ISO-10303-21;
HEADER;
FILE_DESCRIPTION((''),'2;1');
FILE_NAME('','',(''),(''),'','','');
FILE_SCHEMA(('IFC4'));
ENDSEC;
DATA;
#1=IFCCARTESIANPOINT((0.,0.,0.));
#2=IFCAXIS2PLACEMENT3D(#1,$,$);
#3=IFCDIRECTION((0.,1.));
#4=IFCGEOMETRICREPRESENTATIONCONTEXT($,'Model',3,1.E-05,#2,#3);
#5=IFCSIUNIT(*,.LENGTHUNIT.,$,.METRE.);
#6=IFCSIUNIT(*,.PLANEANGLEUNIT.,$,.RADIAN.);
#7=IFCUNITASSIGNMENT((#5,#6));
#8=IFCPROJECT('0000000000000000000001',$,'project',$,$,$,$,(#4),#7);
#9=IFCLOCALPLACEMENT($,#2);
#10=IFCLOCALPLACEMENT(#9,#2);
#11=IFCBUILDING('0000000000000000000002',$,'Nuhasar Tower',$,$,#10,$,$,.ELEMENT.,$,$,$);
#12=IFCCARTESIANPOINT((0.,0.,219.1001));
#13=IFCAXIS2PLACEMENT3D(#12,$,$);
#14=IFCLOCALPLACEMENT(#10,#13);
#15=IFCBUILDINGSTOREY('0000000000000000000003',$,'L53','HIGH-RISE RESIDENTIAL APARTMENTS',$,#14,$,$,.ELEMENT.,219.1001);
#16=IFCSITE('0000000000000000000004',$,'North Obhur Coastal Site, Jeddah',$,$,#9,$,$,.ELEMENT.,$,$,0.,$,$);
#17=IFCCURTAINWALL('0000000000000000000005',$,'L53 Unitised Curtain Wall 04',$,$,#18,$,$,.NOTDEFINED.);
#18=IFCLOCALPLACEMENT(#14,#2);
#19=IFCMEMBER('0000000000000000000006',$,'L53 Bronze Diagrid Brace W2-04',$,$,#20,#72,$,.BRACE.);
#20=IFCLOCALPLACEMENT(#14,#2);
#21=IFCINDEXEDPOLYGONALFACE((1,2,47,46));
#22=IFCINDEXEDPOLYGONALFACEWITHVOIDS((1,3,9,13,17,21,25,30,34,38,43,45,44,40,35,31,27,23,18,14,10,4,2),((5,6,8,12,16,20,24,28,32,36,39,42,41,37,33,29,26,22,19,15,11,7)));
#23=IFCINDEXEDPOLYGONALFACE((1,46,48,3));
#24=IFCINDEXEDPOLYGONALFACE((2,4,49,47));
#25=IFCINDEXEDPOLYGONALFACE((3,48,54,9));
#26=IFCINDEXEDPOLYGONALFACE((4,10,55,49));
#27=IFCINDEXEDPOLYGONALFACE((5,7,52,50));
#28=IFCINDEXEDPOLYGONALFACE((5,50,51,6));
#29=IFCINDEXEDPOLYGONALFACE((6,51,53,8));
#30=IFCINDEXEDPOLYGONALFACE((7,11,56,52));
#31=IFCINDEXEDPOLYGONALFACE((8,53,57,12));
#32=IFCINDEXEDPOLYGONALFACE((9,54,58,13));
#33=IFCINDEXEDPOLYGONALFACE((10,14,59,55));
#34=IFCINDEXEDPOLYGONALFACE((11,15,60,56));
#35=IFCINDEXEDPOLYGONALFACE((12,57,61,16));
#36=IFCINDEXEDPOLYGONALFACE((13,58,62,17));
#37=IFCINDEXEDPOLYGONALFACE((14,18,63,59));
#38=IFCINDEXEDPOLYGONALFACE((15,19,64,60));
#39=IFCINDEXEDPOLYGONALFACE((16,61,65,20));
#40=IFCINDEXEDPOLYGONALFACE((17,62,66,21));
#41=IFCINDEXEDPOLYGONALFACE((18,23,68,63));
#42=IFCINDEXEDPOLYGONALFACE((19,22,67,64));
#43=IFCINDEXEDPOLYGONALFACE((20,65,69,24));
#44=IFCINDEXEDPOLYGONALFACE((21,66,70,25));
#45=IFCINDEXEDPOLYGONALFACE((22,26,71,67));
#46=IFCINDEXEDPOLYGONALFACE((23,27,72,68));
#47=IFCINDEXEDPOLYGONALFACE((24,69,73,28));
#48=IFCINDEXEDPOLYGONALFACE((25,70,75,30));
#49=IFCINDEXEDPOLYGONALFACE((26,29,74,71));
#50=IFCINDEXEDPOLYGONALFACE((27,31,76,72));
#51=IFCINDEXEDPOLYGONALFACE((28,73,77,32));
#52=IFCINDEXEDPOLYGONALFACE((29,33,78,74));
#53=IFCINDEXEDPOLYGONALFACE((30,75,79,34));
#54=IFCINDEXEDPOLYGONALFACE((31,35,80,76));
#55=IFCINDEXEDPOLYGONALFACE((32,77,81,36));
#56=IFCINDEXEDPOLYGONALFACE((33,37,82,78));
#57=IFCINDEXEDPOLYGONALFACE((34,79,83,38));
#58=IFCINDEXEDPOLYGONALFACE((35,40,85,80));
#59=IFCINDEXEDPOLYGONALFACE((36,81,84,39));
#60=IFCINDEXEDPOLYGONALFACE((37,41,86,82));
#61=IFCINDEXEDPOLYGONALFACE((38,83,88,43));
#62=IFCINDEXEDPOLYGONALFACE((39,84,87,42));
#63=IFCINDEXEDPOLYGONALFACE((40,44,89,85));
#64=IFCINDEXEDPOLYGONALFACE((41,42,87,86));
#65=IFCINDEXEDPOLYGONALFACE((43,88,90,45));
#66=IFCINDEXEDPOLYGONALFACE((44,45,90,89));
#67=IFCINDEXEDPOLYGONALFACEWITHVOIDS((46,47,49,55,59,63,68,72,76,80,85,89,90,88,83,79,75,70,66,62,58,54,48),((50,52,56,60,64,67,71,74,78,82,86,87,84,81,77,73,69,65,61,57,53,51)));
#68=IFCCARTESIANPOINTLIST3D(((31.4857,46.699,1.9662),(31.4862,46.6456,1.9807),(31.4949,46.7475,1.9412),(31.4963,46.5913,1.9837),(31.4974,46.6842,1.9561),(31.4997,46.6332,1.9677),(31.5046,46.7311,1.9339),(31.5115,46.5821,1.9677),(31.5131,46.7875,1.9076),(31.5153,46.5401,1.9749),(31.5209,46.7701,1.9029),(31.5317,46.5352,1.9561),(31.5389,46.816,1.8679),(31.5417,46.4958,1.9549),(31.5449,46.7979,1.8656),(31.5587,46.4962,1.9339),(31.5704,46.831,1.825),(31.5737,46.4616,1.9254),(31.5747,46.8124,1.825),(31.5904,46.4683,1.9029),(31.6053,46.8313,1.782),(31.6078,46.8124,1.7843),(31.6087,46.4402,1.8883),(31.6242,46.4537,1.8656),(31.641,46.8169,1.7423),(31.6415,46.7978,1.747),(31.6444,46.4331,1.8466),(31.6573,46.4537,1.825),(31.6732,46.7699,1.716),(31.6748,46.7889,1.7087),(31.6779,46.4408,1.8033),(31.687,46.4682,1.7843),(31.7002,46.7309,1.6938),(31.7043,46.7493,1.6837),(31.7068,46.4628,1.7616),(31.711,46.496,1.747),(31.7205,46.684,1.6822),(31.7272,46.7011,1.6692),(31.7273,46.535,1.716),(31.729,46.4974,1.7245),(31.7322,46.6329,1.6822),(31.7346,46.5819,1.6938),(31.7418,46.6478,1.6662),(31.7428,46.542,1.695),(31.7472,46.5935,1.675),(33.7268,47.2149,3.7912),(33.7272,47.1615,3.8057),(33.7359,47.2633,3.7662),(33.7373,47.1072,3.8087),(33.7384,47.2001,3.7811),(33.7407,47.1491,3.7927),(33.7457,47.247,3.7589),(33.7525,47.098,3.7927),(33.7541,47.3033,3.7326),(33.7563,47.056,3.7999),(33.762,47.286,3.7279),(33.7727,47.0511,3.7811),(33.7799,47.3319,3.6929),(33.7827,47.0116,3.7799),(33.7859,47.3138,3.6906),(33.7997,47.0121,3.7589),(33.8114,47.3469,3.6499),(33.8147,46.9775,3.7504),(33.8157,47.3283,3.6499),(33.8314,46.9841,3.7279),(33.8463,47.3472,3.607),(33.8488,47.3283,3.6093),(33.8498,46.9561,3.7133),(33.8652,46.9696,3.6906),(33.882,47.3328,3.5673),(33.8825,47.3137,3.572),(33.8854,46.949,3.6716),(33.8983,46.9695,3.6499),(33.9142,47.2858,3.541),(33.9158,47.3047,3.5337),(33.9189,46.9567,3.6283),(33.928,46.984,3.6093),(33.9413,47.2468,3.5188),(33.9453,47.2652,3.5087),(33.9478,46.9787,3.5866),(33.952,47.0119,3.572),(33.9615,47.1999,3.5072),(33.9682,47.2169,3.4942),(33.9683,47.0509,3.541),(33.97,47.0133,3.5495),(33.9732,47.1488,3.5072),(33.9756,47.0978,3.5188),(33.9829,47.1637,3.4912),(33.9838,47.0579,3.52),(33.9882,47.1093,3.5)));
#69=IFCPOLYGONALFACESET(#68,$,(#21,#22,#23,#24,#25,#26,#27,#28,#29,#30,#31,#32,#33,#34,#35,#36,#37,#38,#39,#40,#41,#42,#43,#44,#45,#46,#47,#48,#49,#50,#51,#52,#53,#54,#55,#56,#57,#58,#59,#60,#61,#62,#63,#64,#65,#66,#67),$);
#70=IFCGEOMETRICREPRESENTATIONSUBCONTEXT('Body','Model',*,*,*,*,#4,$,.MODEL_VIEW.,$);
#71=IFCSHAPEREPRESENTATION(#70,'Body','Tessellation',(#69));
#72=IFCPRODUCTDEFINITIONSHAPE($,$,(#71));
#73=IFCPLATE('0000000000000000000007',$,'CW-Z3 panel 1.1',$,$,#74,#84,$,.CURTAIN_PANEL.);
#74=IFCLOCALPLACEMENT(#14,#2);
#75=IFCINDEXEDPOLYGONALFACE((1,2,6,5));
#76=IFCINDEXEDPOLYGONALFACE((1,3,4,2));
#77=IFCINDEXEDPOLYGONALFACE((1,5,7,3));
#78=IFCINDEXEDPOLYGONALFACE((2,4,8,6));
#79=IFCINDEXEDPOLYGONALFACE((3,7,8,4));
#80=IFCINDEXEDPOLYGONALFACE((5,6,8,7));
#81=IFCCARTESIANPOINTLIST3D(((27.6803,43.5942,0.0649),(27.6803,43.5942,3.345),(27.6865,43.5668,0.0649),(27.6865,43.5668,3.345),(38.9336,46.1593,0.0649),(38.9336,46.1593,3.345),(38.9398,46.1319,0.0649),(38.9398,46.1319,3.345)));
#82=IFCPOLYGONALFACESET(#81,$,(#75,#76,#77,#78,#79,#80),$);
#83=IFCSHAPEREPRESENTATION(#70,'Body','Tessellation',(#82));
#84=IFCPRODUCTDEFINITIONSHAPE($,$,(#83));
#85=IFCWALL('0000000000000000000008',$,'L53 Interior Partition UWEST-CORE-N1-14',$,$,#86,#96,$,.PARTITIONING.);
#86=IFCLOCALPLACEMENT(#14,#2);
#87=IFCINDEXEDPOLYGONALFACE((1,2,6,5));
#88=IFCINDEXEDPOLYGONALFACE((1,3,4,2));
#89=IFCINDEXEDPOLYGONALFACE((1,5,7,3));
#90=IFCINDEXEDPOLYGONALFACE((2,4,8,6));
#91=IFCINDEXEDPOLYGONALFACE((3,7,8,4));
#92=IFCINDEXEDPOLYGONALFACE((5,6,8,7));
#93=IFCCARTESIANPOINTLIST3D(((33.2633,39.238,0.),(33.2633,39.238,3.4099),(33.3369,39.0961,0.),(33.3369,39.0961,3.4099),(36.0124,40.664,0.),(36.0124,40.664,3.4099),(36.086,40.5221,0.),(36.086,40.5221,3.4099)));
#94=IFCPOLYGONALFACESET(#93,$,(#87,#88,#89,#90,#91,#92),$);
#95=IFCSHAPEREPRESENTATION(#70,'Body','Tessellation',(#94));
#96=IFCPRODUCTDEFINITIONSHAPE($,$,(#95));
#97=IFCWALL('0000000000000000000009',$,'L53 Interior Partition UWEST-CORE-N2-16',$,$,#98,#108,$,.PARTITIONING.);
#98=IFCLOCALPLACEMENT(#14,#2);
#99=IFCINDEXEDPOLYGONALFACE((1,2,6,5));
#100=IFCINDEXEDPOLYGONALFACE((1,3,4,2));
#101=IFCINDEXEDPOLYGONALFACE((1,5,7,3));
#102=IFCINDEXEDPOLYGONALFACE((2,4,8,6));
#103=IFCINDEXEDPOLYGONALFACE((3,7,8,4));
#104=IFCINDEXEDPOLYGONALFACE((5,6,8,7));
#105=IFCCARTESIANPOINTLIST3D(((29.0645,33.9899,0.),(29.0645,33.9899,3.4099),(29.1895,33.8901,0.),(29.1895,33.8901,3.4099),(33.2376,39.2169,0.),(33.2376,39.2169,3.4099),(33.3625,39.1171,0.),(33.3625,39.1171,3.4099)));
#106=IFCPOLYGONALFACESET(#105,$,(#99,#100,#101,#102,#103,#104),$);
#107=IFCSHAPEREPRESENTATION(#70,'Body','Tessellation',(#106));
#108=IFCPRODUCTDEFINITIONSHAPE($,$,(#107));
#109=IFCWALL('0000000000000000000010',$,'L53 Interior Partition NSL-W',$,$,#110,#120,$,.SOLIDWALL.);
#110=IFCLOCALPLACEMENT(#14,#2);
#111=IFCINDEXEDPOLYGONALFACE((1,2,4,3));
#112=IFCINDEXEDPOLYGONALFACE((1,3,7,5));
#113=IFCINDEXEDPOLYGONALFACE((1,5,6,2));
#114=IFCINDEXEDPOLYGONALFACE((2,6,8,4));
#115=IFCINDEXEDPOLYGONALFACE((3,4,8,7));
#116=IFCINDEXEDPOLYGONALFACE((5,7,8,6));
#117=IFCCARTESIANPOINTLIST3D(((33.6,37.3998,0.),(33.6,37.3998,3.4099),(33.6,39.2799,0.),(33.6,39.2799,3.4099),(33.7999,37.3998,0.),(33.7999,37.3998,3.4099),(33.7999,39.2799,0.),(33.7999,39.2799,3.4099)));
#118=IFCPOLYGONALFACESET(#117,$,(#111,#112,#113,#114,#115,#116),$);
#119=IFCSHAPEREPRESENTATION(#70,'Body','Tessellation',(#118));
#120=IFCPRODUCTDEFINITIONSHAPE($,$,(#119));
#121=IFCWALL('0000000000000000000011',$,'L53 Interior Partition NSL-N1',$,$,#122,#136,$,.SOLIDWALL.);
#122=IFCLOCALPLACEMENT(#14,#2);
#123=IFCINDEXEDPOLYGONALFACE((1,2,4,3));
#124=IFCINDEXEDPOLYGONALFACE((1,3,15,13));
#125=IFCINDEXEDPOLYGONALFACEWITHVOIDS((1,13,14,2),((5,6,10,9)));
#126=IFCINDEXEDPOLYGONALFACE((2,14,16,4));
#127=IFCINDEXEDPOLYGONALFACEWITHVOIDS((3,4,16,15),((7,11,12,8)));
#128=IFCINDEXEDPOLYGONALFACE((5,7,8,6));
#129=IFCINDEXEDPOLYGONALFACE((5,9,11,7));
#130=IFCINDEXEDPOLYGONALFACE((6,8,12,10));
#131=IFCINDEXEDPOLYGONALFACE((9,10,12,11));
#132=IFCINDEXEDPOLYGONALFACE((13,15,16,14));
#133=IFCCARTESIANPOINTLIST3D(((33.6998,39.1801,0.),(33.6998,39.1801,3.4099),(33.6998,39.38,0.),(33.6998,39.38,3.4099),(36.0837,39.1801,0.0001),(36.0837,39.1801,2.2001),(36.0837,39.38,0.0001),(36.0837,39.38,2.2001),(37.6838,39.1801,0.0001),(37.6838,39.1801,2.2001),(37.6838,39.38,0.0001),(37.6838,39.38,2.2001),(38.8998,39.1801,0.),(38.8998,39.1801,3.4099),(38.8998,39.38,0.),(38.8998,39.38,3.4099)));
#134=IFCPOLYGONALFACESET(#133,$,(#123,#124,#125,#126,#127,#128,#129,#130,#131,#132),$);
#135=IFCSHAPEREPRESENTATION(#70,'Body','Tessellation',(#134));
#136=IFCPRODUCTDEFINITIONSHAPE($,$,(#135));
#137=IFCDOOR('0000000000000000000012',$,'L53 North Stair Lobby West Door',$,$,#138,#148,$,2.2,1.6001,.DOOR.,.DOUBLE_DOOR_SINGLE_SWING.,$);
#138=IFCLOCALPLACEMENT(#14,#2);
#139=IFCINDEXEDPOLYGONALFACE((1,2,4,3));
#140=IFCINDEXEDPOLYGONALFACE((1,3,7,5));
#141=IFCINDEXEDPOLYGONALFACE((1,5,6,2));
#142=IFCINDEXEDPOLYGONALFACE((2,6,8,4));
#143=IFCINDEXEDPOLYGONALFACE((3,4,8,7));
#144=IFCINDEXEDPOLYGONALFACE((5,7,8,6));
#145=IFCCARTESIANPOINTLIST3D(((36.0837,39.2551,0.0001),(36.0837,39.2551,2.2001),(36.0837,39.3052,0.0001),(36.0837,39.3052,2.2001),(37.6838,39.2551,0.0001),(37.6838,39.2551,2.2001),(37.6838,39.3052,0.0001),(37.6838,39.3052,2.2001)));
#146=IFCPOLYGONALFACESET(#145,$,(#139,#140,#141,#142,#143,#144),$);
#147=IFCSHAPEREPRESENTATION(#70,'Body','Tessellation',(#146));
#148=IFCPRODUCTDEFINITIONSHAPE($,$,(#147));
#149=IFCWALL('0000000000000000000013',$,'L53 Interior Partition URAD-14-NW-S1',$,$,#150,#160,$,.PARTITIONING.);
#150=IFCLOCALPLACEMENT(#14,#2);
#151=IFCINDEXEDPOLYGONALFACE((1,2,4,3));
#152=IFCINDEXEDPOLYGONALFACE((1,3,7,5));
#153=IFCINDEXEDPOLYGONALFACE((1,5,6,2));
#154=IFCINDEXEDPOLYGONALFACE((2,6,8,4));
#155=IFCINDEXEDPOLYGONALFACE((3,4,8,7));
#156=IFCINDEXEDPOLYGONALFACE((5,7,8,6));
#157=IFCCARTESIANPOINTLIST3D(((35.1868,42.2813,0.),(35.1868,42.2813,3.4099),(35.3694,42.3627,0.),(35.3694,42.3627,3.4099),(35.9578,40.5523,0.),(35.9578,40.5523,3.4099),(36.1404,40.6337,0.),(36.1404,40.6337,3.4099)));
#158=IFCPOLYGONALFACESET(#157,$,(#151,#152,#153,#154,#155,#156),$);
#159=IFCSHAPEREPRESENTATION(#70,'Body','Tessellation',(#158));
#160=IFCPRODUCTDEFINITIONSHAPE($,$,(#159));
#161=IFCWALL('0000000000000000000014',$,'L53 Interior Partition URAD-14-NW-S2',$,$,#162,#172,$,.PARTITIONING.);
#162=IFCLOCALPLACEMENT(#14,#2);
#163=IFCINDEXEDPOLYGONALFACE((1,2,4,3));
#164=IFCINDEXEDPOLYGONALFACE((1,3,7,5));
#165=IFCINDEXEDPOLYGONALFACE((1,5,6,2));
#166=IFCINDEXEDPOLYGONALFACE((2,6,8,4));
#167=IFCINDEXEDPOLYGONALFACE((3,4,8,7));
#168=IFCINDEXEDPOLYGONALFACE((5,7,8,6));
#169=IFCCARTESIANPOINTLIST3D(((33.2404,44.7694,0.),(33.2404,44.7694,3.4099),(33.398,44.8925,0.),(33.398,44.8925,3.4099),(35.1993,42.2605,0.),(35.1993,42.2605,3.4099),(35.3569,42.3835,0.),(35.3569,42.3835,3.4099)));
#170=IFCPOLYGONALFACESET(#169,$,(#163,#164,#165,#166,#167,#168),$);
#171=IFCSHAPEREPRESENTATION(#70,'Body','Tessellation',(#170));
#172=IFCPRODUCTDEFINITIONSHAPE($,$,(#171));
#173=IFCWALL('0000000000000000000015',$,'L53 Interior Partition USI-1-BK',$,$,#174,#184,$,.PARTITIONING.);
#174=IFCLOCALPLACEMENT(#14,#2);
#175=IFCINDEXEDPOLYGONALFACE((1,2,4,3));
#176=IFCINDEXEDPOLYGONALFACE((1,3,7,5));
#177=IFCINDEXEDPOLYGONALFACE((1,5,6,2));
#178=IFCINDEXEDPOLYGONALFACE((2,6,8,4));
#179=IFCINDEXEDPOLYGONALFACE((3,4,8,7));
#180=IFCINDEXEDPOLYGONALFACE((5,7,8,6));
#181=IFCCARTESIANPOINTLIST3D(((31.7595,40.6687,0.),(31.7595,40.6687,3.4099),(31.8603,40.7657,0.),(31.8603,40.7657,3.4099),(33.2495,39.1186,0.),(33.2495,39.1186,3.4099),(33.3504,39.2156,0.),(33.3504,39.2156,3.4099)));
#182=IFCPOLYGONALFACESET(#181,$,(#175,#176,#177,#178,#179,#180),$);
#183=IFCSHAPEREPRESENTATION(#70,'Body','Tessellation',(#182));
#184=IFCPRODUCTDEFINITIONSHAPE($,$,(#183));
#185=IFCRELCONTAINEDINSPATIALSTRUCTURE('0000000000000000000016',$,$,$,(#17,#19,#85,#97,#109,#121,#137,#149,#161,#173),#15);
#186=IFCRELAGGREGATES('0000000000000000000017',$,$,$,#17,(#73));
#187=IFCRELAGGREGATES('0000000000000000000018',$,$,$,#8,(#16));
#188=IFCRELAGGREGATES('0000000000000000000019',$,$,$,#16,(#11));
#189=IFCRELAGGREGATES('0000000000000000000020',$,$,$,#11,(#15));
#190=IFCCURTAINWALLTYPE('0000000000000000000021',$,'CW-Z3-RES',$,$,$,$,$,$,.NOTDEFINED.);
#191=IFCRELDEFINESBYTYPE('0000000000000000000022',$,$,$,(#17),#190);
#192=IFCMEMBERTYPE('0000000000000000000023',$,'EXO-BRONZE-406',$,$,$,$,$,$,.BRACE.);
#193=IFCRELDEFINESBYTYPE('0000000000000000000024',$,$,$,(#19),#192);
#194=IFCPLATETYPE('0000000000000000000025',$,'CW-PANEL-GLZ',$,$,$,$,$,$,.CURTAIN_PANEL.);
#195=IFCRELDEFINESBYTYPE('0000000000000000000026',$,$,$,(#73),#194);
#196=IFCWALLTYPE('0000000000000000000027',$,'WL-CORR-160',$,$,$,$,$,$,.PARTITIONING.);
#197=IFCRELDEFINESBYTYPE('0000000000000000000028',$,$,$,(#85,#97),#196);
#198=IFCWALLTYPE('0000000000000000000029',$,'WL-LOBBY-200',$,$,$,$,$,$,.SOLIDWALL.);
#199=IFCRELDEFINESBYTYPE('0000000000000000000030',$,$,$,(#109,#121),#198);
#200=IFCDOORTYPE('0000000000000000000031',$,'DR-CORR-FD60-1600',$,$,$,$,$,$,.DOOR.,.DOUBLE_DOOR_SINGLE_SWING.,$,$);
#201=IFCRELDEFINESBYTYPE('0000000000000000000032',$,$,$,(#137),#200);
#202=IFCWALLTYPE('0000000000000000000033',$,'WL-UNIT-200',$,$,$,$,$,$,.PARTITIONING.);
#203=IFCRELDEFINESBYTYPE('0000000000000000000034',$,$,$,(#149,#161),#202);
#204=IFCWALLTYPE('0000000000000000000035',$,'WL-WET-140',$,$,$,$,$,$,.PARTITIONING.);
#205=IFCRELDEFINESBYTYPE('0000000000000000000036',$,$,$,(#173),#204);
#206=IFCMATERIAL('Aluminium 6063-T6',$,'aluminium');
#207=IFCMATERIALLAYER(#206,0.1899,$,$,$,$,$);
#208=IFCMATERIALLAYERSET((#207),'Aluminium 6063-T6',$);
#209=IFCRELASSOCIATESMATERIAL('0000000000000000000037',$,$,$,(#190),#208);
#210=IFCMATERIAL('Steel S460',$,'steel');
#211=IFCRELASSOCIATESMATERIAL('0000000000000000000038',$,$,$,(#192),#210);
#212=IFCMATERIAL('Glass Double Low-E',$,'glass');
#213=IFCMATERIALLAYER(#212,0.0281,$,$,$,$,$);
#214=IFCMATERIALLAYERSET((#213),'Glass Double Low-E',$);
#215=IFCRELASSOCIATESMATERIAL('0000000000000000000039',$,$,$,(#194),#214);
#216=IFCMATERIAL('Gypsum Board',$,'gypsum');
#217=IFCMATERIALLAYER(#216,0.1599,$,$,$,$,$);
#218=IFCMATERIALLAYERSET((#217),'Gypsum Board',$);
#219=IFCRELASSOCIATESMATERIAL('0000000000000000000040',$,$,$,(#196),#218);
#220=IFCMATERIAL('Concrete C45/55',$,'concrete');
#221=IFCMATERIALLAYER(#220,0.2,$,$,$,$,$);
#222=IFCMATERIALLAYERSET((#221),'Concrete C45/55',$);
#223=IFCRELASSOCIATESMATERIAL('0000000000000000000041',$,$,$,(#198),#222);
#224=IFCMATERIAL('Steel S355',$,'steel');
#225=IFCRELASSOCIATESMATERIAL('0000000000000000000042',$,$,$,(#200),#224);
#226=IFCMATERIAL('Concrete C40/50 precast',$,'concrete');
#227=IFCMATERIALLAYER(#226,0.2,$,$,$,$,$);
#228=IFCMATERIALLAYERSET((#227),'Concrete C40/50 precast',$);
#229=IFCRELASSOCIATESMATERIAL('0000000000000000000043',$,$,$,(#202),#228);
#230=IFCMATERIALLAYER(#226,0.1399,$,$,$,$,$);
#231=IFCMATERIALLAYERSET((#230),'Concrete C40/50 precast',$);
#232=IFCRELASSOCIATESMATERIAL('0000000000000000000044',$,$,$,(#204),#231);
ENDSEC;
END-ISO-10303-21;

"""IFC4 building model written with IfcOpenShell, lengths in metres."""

from ifc_helpers import new_model, si_unit, direction, frame, frame_2d, origin, origin_2d, place, context, subcontext, project, spatial, rectangle, hollow_circle, extrude, material, layer, layer_set, material_profile, profile_set, type_object, element, fill, aggregate, save


model = new_model("IFC4")

# Units and contexts
model_context = context("Model", 3, precision=1e-05, world=origin(), true_north=direction((0.0, 1.0)))
body_context = subcontext(model_context, "Body", "Model", "MODEL_VIEW")
ifc_project = project(units=[si_unit("LENGTHUNIT", "METRE"), si_unit("PLANEANGLEUNIT", "RADIAN")], contexts=[model_context])

# Site, building, storey
site_placement = place(None, origin())
site = spatial("IfcSite", under=ifc_project, at=site_placement, Name="North Obhur Coastal Site, Jeddah", CompositionType="ELEMENT", RefElevation=0.0)
building_placement = place(site_placement, origin())
building = spatial("IfcBuilding", under=site, at=building_placement, Name="Nuhasar Tower", CompositionType="ELEMENT")
storey_placement = place(building_placement, frame((0.0, 0.0, 219.1001)))
storey = spatial("IfcBuildingStorey", under=building, at=storey_placement, Name="L53", Description="HIGH-RISE RESIDENTIAL APARTMENTS", CompositionType="ELEMENT", Elevation=219.1001)

# Shared definitions
ifc_material_1 = material(Name="Steel S355", Category="steel")

# Curtain wall
ifc_material_2 = material(Name="Aluminium 6063-T6", Category="aluminium")
ifc_layer_1 = layer(ifc_material_2, 0.1899)
ifc_layer_set_1 = layer_set([ifc_layer_1], Name="Aluminium 6063-T6")
curtain_wall_type = type_object("IfcCurtainWallType", Name="CW-Z3-RES", PredefinedType="NOTDEFINED", material=ifc_layer_set_1)
curtain_wall_placement = place(storey_placement, origin())
curtain_wall = element("IfcCurtainWall", 1, at=curtain_wall_placement, inside=storey, type_object=curtain_wall_type, Name="L53 Unitised Curtain Wall 04", PredefinedType="NOTDEFINED")

# Member
ifc_material_3 = material(Name="Steel S460", Category="steel")
ifc_material_profile_1 = material_profile(ifc_material_3, hollow_circle(Radius=0.2031, WallThickness=0.019, at=origin_2d()), Name="HSS406.4X19.1")
ifc_profile_set_1 = profile_set([ifc_material_profile_1], Name="Steel S460")
member_type_1 = type_object("IfcMemberType", Name="EXO-BRONZE-406", PredefinedType="BRACE", material=ifc_profile_set_1)
for number, where, z_axis, x_axis, name in (
    (2, (31.616, 46.6331, 1.825), (0.763343, 0.175721, 0.621635), (-0.224332, 0.974513, 0.0), "L53 Bronze Diagrid Brace W2-04"),
):
    element("IfcMember", number, at=place(storey_placement, frame(where, z_axis=z_axis, x_axis=x_axis)), inside=storey, type_object=member_type_1, Name=name, PredefinedType="BRACE", context=body_context, shape_type="SweptSolid", body=[
        extrude(hollow_circle(Radius=0.2031, WallThickness=0.019, at=origin_2d()), origin(), (0.0, 0.0, 1.0), 2.9358),
    ])

# Plate
ifc_material_4 = material(Name="Glass Double Low-E", Category="glass")
ifc_layer_2 = layer(ifc_material_4, 0.0281)
ifc_layer_set_2 = layer_set([ifc_layer_2], Name="Glass Double Low-E")
plate_type = type_object("IfcPlateType", Name="CW-PANEL-GLZ", PredefinedType="CURTAIN_PANEL", material=ifc_layer_set_2)
plate_placement = place(storey_placement, frame((33.3101, 44.863, 0.0649), z_axis=(0.0, 0.0, 1.0), x_axis=(-0.974991, -0.222243, 0.0)))
plate = element("IfcPlate", 3, at=plate_placement, type_object=plate_type, Name="CW-Z3 panel 1.1", PredefinedType="CURTAIN_PANEL", context=body_context, shape_type="SweptSolid", body=[
    extrude(rectangle(XDim=11.542, YDim=0.0281, at=origin_2d()), origin(), (0.0, 0.0, 1.0), 3.28),
])
aggregate(curtain_wall, [plate])

# Walls
ifc_material_5 = material(Name="Gypsum Board", Category="gypsum")
ifc_layer_3 = layer(ifc_material_5, 0.1599)
ifc_layer_set_3 = layer_set([ifc_layer_3], Name="Gypsum Board")
wall_type_1 = type_object("IfcWallType", Name="WL-CORR-160", PredefinedType="PARTITIONING", material=ifc_layer_set_3)
wall_1_placement = place(storey_placement, frame((36.0491, 40.593, 0.0), z_axis=(0.0, 0.0, 1.0), x_axis=(-0.887675, -0.460471, 0.0)))
element("IfcWall", 4, at=wall_1_placement, inside=storey, type_object=wall_type_1, Name="L53 Interior Partition UWEST-CORE-N1-14", PredefinedType="PARTITIONING", context=body_context, shape_type="SweptSolid", body=[
    extrude(rectangle(XDim=3.0969, YDim=0.1599, at=frame_2d((1.5483, 0.0))), origin(), (0.0, 0.0, 1.0), 3.4099),
])
wall_2_placement = place(storey_placement, frame((33.3, 39.167, 0.0), z_axis=(0.0, 0.0, 1.0), x_axis=(-0.623916, -0.781492, 0.0)))
element("IfcWall", 5, at=wall_2_placement, inside=storey, type_object=wall_type_1, Name="L53 Interior Partition UWEST-CORE-N2-16", PredefinedType="PARTITIONING", context=body_context, shape_type="SweptSolid", body=[
    extrude(rectangle(XDim=6.6885, YDim=0.1599, at=frame_2d((3.3442, 0.0))), origin(), (0.0, 0.0, 1.0), 3.4099),
])
ifc_material_6 = material(Name="Concrete C45/55", Category="concrete")
ifc_layer_4 = layer(ifc_material_6, 0.2)
ifc_layer_set_4 = layer_set([ifc_layer_4], Name="Concrete C45/55")
wall_type_2 = type_object("IfcWallType", Name="WL-LOBBY-200", PredefinedType="SOLIDWALL", material=ifc_layer_set_4)
wall_3_placement = place(storey_placement, frame((33.7, 37.3999, 0.0), z_axis=(0.0, 0.0, 1.0), x_axis=(0.0, 1.0, 0.0)))
element("IfcWall", 6, at=wall_3_placement, inside=storey, type_object=wall_type_2, Name="L53 Interior Partition NSL-W", PredefinedType="SOLIDWALL", context=body_context, shape_type="SweptSolid", body=[
    extrude(rectangle(XDim=1.8801, YDim=0.2, at=frame_2d((0.9399, 0.0))), origin(), (0.0, 0.0, 1.0), 3.4099),
])

# Wall, opening, door
wall_4_placement = place(storey_placement, frame((38.8999, 39.28, 0.0), z_axis=(0.0, 0.0, 1.0), x_axis=(-1.0, 0.0, 0.0)))
wall_4 = element("IfcWall", 7, at=wall_4_placement, inside=storey, type_object=wall_type_2, Name="L53 Interior Partition NSL-N1", PredefinedType="SOLIDWALL", context=body_context, shape_type="SweptSolid", body=[
    extrude(rectangle(XDim=5.2, YDim=0.2, at=frame_2d((2.6001, 0.0))), origin(), (0.0, 0.0, 1.0), 3.4099),
])
opening_1_placement = place(wall_4_placement, frame((1.2161, 0.0, 0.0)))
opening_1 = element("IfcOpeningElement", 8, at=opening_1_placement, cuts=wall_4, PredefinedType="OPENING", context=body_context, shape_type="SweptSolid", body=[
    extrude(rectangle(XDim=1.6001, YDim=2.2, at=frame_2d((0.8, 1.1001))), frame((0.0, 0.1099, 0.0), z_axis=(0.0, -1.0, 0.0), x_axis=(1.0, 0.0, 0.0)), (0.0, 0.0, 1.0), 0.22),
])
door_type_1 = type_object("IfcDoorType", Name="DR-CORR-FD60-1600", OperationType="DOUBLE_DOOR_SINGLE_SWING", PredefinedType="DOOR", material=ifc_material_1)
door_1_placement = place(opening_1_placement, origin())
door_1 = element("IfcDoor", 9, at=door_1_placement, inside=storey, type_object=door_type_1, Name="L53 North Stair Lobby West Door", OperationType="DOUBLE_DOOR_SINGLE_SWING", OverallHeight=2.2, OverallWidth=1.6001, PredefinedType="DOOR", context=body_context, shape_type="SweptSolid", body=[
    extrude(rectangle(XDim=1.6001, YDim=2.2, at=frame_2d((0.8, 1.1001))), frame((0.0, 0.0249, 0.0), z_axis=(0.0, -1.0, 0.0), x_axis=(1.0, 0.0, 0.0)), (0.0, 0.0, 1.0), 0.05),
])
fill(opening_1, door_1)

# Walls
ifc_material_7 = material(Name="Concrete C40/50 precast", Category="concrete")
ifc_layer_5 = layer(ifc_material_7, 0.2)
ifc_layer_set_5 = layer_set([ifc_layer_5], Name="Concrete C40/50 precast")
wall_type_3 = type_object("IfcWallType", Name="WL-UNIT-200", PredefinedType="PARTITIONING", material=ifc_layer_set_5)
wall_5_placement = place(storey_placement, frame((36.0491, 40.593, 0.0), z_axis=(0.0, 0.0, 1.0), x_axis=(-0.407263, 0.913311, 0.0)))
element("IfcWall", 10, at=wall_5_placement, inside=storey, type_object=wall_type_3, Name="L53 Interior Partition URAD-14-NW-S1", PredefinedType="PARTITIONING", context=body_context, shape_type="SweptSolid", body=[
    extrude(rectangle(XDim=1.8931, YDim=0.2, at=frame_2d((0.9465, 0.0))), origin(), (0.0, 0.0, 1.0), 3.4099),
])
wall_6_placement = place(storey_placement, frame((35.2781, 42.322, 0.0), z_axis=(0.0, 0.0, 1.0), x_axis=(-0.61541, 0.788207, 0.0)))
element("IfcWall", 11, at=wall_6_placement, inside=storey, type_object=wall_type_3, Name="L53 Interior Partition URAD-14-NW-S2", PredefinedType="PARTITIONING", context=body_context, shape_type="SweptSolid", body=[
    extrude(rectangle(XDim=3.1831, YDim=0.2, at=frame_2d((1.5916, 0.0))), origin(), (0.0, 0.0, 1.0), 3.4099),
])
ifc_layer_6 = layer(ifc_material_7, 0.1399)
ifc_layer_set_6 = layer_set([ifc_layer_6], Name="Concrete C40/50 precast")
wall_type_4 = type_object("IfcWallType", Name="WL-WET-140", PredefinedType="PARTITIONING", material=ifc_layer_set_6)
wall_7_placement = place(storey_placement, frame((33.3, 39.167, 0.0), z_axis=(0.0, 0.0, 1.0), x_axis=(-0.693002, 0.720936, 0.0)))
element("IfcWall", 12, at=wall_7_placement, inside=storey, type_object=wall_type_4, Name="L53 Interior Partition USI-1-BK", PredefinedType="PARTITIONING", context=body_context, shape_type="SweptSolid", body=[
    extrude(rectangle(XDim=2.1501, YDim=0.1399, at=frame_2d((1.0752, 0.0))), origin(), (0.0, 0.0, 1.0), 3.4099),
])

save(model, "model.ifc")
